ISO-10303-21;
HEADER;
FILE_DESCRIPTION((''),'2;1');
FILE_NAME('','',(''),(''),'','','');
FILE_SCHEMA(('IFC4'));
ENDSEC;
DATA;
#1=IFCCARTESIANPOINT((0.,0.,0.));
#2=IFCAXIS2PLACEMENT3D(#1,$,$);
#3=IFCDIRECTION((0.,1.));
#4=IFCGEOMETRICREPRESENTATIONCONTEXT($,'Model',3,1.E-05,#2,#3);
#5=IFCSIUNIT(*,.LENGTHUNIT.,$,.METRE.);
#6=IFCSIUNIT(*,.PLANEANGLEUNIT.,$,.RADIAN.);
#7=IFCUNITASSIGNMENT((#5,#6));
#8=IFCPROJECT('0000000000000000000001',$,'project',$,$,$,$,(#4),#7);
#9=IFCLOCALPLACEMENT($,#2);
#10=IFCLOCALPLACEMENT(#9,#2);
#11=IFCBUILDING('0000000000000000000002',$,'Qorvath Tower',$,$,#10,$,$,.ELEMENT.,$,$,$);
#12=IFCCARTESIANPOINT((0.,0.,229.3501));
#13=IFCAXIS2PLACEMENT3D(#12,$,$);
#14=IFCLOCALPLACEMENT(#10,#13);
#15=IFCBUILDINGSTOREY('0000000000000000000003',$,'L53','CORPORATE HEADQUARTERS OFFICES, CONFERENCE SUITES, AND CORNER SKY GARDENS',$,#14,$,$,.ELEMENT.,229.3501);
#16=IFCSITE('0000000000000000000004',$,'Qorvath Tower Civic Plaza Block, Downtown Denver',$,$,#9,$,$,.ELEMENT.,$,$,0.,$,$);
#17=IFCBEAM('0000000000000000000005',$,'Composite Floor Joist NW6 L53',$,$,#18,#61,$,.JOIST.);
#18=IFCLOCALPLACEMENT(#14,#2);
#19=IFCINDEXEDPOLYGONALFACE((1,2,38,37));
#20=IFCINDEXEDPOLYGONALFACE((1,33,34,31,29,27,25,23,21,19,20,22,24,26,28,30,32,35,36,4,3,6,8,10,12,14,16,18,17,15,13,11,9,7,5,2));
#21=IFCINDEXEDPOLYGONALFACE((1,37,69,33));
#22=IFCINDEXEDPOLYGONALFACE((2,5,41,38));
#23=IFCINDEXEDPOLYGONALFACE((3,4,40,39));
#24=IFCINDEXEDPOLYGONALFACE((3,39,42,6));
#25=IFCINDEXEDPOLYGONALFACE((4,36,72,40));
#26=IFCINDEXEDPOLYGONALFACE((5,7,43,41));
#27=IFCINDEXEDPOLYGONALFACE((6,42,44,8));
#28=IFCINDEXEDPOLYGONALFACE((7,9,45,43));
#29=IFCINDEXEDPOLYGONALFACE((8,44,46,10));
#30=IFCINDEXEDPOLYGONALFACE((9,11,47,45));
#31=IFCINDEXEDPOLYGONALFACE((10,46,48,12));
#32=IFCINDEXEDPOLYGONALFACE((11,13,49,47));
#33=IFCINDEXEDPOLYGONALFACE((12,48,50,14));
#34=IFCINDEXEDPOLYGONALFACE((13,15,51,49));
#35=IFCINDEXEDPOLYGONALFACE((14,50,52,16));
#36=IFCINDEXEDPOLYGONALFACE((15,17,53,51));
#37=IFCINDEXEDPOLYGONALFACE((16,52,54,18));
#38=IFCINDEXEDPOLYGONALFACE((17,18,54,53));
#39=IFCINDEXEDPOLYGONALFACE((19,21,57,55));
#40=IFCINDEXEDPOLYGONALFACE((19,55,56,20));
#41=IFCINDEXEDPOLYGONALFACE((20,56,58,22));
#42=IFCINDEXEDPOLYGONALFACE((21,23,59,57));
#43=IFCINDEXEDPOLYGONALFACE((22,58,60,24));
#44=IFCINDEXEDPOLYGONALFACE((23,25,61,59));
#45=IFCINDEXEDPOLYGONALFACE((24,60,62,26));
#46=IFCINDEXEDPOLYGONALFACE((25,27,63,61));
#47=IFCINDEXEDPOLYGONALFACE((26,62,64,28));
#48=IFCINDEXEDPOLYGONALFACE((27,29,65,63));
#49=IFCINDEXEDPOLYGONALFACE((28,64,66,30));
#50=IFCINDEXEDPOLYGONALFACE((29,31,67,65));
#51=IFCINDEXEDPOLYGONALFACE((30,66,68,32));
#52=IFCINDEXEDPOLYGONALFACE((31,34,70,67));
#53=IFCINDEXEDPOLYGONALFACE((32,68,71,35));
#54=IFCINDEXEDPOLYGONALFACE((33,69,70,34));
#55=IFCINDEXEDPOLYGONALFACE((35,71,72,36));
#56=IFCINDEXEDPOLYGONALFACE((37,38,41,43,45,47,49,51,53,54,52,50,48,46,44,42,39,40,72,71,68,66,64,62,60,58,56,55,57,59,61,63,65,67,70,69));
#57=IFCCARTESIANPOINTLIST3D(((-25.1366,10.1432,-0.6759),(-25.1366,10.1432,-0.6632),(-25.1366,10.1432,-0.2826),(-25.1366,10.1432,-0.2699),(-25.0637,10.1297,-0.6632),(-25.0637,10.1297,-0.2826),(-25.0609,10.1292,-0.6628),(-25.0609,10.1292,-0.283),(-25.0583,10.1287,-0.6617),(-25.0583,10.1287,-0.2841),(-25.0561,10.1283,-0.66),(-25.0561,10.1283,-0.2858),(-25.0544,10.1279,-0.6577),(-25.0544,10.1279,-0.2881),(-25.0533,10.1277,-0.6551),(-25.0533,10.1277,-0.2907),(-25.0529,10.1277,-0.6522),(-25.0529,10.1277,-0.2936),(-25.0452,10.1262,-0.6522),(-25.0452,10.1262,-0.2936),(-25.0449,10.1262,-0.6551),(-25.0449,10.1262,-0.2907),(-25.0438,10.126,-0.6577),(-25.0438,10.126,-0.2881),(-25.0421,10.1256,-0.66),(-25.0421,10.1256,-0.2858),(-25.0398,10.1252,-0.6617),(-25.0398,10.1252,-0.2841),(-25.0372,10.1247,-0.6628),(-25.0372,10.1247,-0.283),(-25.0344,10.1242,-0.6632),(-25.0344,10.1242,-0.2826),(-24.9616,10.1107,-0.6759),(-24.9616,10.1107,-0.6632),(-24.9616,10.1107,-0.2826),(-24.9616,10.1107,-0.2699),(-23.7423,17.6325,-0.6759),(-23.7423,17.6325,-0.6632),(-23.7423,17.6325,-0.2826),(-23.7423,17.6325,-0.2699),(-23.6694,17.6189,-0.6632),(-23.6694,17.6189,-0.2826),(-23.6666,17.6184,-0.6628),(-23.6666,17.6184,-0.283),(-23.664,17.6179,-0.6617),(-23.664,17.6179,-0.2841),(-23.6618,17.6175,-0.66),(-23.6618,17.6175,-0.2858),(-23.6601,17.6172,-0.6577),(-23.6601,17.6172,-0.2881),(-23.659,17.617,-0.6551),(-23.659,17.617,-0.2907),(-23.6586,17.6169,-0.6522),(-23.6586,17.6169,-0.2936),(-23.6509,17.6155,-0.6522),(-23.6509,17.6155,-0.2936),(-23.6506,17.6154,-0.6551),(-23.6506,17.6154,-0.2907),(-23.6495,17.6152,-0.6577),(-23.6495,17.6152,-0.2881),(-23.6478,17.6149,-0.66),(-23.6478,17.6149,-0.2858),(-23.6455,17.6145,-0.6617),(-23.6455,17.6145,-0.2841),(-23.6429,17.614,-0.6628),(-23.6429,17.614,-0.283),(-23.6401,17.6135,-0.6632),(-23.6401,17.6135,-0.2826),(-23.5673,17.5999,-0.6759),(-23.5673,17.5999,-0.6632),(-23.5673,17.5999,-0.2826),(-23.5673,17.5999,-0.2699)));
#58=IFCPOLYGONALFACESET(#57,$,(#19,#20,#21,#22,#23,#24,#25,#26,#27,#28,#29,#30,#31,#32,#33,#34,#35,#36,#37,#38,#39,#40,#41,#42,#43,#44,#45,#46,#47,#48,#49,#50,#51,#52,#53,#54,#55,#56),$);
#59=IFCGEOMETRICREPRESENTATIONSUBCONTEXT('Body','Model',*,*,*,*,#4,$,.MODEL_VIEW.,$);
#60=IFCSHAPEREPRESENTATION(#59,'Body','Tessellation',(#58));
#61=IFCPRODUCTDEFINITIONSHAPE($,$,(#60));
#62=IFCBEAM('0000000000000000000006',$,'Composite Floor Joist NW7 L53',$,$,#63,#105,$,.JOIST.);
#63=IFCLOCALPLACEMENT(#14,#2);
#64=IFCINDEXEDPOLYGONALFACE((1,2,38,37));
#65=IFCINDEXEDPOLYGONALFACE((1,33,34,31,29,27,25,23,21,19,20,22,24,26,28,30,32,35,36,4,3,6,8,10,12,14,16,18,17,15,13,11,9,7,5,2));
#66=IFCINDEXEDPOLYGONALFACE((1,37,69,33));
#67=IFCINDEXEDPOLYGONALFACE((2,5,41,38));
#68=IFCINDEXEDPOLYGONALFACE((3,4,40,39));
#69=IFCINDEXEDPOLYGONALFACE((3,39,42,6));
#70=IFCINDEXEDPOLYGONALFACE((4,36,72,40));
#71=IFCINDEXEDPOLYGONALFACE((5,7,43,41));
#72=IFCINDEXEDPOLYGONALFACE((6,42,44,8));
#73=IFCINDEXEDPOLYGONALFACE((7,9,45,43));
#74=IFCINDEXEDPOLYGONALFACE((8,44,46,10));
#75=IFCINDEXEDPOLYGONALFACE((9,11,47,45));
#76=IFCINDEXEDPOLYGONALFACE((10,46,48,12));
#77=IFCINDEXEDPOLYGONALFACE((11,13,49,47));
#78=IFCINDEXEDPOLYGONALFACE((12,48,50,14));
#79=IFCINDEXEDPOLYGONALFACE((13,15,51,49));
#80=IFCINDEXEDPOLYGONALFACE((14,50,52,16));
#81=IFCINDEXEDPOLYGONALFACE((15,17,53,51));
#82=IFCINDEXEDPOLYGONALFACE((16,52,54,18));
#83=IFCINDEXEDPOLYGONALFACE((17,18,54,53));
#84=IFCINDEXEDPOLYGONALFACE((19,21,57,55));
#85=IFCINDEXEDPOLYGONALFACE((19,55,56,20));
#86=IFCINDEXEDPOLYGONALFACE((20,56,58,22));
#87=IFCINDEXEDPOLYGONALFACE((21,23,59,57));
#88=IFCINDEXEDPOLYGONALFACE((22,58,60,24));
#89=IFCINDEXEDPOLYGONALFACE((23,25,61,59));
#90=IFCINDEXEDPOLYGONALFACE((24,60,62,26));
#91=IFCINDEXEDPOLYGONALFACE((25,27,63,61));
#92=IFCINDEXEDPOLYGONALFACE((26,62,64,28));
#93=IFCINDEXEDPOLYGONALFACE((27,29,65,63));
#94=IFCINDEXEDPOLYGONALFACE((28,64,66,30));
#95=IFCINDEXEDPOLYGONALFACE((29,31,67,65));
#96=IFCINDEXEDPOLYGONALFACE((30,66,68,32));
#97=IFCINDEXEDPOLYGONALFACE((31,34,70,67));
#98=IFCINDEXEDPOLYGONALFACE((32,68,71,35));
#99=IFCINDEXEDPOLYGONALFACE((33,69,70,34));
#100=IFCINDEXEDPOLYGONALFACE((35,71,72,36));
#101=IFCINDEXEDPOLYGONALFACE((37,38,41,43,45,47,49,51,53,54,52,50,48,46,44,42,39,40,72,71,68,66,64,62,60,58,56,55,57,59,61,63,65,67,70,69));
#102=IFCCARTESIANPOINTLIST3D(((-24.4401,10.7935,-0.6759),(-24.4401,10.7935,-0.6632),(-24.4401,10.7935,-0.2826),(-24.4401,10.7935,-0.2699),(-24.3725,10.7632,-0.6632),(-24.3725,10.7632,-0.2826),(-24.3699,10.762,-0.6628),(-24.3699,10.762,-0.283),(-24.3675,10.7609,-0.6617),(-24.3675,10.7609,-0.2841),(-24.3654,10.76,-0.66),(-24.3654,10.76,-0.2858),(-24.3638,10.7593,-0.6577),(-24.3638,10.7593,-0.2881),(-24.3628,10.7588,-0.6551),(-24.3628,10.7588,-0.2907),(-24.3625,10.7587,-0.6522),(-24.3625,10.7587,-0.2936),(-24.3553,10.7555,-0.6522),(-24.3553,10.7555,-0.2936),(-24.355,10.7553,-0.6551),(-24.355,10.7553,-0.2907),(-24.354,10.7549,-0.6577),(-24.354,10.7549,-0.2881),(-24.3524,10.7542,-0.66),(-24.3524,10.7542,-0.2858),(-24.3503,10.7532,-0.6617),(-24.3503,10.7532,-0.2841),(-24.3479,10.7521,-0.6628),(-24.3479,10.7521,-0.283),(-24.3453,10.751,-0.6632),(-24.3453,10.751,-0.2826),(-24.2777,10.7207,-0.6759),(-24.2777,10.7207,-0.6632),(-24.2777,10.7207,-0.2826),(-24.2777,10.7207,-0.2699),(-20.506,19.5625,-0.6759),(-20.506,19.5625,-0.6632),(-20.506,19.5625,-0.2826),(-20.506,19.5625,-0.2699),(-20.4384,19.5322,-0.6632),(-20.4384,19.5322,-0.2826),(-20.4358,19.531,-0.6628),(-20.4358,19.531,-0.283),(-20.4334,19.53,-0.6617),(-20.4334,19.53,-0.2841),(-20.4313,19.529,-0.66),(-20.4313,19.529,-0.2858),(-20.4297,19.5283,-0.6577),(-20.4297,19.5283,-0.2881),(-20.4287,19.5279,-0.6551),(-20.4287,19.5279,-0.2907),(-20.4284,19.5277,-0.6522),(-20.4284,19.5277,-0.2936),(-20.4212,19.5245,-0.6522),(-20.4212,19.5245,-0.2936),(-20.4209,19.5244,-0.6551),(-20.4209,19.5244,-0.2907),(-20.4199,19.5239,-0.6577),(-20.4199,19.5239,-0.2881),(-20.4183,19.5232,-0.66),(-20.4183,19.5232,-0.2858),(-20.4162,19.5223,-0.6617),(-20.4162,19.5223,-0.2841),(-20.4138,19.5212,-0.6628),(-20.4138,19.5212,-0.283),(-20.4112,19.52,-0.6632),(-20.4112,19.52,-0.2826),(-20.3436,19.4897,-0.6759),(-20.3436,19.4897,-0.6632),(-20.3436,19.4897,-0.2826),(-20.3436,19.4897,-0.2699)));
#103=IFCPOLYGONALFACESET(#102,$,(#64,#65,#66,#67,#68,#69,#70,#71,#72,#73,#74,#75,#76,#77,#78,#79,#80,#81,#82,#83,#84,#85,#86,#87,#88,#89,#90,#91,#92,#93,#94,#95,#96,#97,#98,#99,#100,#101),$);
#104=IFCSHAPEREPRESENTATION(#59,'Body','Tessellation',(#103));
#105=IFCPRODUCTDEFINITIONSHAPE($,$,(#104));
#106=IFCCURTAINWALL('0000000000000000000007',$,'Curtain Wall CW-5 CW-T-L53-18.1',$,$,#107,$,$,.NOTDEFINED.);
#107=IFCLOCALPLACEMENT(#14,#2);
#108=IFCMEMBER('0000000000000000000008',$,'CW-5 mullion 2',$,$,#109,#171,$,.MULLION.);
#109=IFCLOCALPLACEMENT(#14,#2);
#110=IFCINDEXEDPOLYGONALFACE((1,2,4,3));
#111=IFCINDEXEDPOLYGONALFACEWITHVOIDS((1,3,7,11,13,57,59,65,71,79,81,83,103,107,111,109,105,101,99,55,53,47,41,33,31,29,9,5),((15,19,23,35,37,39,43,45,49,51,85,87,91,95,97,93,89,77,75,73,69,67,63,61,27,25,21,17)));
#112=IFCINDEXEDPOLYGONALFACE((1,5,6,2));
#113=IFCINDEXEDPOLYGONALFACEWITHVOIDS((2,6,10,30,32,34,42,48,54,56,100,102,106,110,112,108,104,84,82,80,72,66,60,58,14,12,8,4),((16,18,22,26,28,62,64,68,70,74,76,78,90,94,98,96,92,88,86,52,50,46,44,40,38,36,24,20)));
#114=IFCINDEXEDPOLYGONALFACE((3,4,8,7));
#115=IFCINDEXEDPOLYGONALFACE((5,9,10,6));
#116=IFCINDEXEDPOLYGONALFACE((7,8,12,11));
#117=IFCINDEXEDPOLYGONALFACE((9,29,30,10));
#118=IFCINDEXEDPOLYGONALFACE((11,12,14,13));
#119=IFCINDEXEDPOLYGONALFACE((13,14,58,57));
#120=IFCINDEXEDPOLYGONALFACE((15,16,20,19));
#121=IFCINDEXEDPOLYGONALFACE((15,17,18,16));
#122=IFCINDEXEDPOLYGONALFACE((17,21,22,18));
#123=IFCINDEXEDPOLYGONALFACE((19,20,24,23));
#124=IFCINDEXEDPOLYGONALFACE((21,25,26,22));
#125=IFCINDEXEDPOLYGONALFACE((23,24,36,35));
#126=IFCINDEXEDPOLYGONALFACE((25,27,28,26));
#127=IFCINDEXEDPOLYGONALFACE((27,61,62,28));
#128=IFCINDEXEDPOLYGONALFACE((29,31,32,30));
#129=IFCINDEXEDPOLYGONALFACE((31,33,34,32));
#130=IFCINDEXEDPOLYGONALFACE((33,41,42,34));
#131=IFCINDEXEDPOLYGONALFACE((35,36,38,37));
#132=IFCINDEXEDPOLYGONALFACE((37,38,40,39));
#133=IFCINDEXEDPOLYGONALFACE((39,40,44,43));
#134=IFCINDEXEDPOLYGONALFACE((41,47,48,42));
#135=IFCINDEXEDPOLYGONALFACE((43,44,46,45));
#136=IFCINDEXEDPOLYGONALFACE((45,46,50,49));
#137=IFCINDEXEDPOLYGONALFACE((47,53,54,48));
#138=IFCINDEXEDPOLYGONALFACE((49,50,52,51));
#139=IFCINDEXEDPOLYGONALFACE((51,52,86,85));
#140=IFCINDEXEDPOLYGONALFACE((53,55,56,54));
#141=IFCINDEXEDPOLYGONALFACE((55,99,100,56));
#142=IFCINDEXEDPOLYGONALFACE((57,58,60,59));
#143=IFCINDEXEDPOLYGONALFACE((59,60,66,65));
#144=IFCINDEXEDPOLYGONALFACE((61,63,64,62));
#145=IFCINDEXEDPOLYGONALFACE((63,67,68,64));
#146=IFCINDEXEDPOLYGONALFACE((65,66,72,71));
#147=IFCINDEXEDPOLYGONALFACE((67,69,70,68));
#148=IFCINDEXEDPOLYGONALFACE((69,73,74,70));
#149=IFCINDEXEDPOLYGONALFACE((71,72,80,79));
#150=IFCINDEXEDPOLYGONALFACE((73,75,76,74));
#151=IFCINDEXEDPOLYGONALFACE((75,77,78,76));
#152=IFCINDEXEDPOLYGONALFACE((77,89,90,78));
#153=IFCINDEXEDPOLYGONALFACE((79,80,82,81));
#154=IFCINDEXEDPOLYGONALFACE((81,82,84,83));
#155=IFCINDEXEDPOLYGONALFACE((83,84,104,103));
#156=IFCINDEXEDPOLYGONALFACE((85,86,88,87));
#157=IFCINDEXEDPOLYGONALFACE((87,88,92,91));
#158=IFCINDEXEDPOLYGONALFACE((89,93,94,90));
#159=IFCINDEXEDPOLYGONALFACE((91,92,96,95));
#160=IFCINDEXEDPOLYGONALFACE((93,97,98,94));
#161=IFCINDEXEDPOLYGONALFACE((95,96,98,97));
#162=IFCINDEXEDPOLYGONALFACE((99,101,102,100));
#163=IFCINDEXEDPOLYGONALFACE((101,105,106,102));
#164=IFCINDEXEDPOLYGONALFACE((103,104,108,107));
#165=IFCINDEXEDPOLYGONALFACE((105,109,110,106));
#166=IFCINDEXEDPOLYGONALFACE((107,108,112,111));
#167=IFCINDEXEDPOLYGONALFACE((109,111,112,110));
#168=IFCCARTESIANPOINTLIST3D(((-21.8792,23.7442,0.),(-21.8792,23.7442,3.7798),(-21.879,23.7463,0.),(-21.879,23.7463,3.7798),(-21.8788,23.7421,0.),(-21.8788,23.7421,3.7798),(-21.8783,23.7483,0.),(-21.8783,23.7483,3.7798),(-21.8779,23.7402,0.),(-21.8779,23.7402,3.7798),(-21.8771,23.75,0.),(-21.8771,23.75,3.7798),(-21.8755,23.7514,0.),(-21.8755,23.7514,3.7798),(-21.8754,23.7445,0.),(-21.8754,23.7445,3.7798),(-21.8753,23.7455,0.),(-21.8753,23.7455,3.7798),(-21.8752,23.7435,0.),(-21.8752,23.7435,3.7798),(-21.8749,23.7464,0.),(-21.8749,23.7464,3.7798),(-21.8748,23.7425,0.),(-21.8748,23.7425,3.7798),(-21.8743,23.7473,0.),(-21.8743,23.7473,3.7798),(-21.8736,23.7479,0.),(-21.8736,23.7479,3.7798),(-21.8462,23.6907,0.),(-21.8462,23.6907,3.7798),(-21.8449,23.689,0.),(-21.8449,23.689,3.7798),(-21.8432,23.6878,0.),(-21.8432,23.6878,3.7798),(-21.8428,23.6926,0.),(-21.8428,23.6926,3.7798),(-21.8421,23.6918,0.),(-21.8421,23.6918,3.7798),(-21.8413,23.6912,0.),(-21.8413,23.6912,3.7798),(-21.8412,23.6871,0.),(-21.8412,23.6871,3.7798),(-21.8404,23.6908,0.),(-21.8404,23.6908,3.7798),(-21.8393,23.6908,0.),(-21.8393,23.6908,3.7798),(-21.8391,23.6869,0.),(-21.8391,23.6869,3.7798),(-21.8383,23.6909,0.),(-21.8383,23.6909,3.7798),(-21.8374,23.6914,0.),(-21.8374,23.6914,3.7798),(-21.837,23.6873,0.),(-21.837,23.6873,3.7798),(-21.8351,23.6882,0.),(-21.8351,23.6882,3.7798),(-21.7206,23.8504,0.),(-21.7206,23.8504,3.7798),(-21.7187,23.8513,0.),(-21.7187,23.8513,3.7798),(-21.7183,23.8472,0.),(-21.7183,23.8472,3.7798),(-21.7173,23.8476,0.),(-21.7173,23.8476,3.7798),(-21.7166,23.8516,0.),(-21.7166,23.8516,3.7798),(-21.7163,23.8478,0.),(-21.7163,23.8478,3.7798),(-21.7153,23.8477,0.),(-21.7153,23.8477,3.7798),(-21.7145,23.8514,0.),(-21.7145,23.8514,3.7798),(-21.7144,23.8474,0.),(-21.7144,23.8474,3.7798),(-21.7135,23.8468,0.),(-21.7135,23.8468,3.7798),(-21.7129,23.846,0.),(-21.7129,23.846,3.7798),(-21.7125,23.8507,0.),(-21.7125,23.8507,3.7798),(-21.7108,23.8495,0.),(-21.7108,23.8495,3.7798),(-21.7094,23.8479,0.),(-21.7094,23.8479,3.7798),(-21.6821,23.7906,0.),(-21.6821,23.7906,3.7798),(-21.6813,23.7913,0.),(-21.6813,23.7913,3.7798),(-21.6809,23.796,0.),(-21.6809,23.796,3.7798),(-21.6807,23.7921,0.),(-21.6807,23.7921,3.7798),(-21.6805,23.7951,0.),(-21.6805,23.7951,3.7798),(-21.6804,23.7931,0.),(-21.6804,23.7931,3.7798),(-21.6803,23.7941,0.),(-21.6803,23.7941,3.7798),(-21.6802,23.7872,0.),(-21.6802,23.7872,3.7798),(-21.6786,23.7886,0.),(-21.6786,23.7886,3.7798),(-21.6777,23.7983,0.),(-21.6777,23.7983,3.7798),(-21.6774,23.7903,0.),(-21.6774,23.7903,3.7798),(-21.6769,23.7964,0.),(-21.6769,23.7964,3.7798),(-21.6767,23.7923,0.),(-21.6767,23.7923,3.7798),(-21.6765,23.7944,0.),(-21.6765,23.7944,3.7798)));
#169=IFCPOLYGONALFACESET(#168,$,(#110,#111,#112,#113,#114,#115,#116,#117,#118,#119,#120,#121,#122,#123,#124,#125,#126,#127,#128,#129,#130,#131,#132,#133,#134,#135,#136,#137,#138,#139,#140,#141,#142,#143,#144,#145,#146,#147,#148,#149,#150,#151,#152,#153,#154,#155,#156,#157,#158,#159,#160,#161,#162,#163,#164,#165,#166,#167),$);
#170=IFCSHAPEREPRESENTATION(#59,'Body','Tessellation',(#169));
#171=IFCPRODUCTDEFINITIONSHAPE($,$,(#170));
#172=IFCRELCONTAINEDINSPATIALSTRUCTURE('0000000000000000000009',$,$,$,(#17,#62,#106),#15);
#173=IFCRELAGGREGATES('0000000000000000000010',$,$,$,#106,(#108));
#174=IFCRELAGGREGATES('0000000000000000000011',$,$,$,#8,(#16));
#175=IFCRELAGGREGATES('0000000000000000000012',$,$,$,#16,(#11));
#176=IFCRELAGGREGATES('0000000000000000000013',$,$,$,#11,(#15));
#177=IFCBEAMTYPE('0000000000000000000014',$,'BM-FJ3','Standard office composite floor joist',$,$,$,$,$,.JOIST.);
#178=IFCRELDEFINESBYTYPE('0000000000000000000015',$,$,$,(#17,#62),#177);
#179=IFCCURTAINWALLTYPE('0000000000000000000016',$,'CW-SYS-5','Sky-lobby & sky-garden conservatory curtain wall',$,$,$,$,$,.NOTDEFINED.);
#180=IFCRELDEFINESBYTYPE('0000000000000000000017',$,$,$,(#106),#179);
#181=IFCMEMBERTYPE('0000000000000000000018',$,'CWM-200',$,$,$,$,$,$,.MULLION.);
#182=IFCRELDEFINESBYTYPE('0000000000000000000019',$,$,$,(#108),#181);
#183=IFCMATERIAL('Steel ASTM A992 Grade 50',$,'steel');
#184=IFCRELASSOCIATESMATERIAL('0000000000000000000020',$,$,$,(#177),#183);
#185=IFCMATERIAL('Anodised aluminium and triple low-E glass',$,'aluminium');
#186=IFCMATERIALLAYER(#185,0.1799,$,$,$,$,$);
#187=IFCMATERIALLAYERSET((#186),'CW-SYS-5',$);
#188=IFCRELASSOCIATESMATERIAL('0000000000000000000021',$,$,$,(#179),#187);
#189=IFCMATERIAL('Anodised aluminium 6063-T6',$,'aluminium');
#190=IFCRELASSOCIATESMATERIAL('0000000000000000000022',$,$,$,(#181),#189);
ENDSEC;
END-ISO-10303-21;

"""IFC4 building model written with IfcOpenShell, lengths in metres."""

from ifc_helpers import new_model, si_unit, direction, frame, origin, origin_2d, place, context, subcontext, project, spatial, hollow_rectangle, i_section, extrude, material, layer, layer_set, material_profile, profile_set, type_object, element, aggregate, save


model = new_model("IFC4")

# Units and contexts
model_context = context("Model", 3, precision=1e-05, world=origin(), true_north=direction((0.0, 1.0)))
body_context = subcontext(model_context, "Body", "Model", "MODEL_VIEW")
ifc_project = project(units=[si_unit("LENGTHUNIT", "METRE"), si_unit("PLANEANGLEUNIT", "RADIAN")], contexts=[model_context])

# Site, building, storey
site_placement = place(None, origin())
site = spatial("IfcSite", under=ifc_project, at=site_placement, Name="Qorvath Tower Civic Plaza Block, Downtown Denver", CompositionType="ELEMENT", RefElevation=0.0)
building_placement = place(site_placement, origin())
building = spatial("IfcBuilding", under=site, at=building_placement, Name="Qorvath Tower", CompositionType="ELEMENT")
storey_placement = place(building_placement, frame((0.0, 0.0, 229.3501)))
storey = spatial("IfcBuildingStorey", under=building, at=storey_placement, Name="L53", Description="CORPORATE HEADQUARTERS OFFICES, CONFERENCE SUITES, AND CORNER SKY GARDENS", CompositionType="ELEMENT", Elevation=229.3501)

# Beams
ifc_material_1 = material(Name="Steel ASTM A992 Grade 50", Category="steel")
ifc_material_profile_1 = material_profile(ifc_material_1, i_section(OverallWidth=0.178, OverallDepth=0.406, WebThickness=0.0078, FlangeThickness=0.0127, FilletRadius=0.011, at=origin_2d()), Name="W16x40")
ifc_profile_set_1 = profile_set([ifc_material_profile_1], Name="Steel ASTM A992 Grade 50")
beam_type_1 = type_object("IfcBeamType", Name="BM-FJ3", Description="Standard office composite floor joist", PredefinedType="JOIST", material=ifc_profile_set_1)
beam_1_placement = place(storey_placement, frame((-25.0491, 10.127, -0.4729), z_axis=(0.183027, 0.983108, 0.0), x_axis=(-0.983108, 0.183027, 0.0)))
element("IfcBeam", 1, at=beam_1_placement, inside=storey, type_object=beam_type_1, Name="Composite Floor Joist NW6 L53", PredefinedType="JOIST", context=body_context, shape_type="SweptSolid", body=[
    extrude(i_section(OverallWidth=0.178, OverallDepth=0.406, WebThickness=0.0078, FlangeThickness=0.0127, FilletRadius=0.011, at=origin_2d()), origin(), (0.0, 0.0, 1.0), 7.6179),
])
beam_2_placement = place(storey_placement, frame((-24.3589, 10.7571, -0.4729), z_axis=(0.409327, 0.912388, 0.0), x_axis=(-0.912388, 0.409327, 0.0)))
element("IfcBeam", 2, at=beam_2_placement, inside=storey, type_object=beam_type_1, Name="Composite Floor Joist NW7 L53", PredefinedType="JOIST", context=body_context, shape_type="SweptSolid", body=[
    extrude(i_section(OverallWidth=0.178, OverallDepth=0.406, WebThickness=0.0078, FlangeThickness=0.0127, FilletRadius=0.011, at=origin_2d()), origin(), (0.0, 0.0, 1.0), 9.6111),
])

# Curtain wall, member
ifc_material_2 = material(Name="Anodised aluminium and triple low-E glass", Category="aluminium")
ifc_layer_1 = layer(ifc_material_2, 0.1799)
ifc_layer_set_1 = layer_set([ifc_layer_1], Name="CW-SYS-5")
curtain_wall_type = type_object("IfcCurtainWallType", Name="CW-SYS-5", Description="Sky-lobby & sky-garden conservatory curtain wall", PredefinedType="NOTDEFINED", material=ifc_layer_set_1)
curtain_wall_placement = place(storey_placement, origin())
curtain_wall = element("IfcCurtainWall", 3, at=curtain_wall_placement, inside=storey, type_object=curtain_wall_type, Name="Curtain Wall CW-5 CW-T-L53-18.1", PredefinedType="NOTDEFINED")
ifc_material_3 = material(Name="Anodised aluminium 6063-T6", Category="aluminium")
ifc_material_profile_2 = material_profile(ifc_material_3, hollow_rectangle(XDim=0.075, YDim=0.2, WallThickness=0.0039, InnerFilletRadius=0.0039, OuterFilletRadius=0.0081, at=origin_2d()), Name="CWM 200x75")
ifc_profile_set_2 = profile_set([ifc_material_profile_2], Name="Anodised aluminium 6063-T6")
member_type_1 = type_object("IfcMemberType", Name="CWM-200", PredefinedType="MULLION", material=ifc_profile_set_2)
member_1_placement = place(storey_placement, frame((-21.7778, 23.7693, 0.0), z_axis=(0.0, 0.0, 1.0), x_axis=(0.538531, -0.842606, 0.0)))
member_1 = element("IfcMember", 4, at=member_1_placement, type_object=member_type_1, Name="CW-5 mullion 2", PredefinedType="MULLION", context=body_context, shape_type="SweptSolid", body=[
    extrude(hollow_rectangle(XDim=0.075, YDim=0.2, WallThickness=0.0039, InnerFilletRadius=0.0039, OuterFilletRadius=0.0081, at=origin_2d()), origin(), (0.0, 0.0, 1.0), 3.7798),
])
aggregate(curtain_wall, [member_1])

save(model, "model.ifc")
